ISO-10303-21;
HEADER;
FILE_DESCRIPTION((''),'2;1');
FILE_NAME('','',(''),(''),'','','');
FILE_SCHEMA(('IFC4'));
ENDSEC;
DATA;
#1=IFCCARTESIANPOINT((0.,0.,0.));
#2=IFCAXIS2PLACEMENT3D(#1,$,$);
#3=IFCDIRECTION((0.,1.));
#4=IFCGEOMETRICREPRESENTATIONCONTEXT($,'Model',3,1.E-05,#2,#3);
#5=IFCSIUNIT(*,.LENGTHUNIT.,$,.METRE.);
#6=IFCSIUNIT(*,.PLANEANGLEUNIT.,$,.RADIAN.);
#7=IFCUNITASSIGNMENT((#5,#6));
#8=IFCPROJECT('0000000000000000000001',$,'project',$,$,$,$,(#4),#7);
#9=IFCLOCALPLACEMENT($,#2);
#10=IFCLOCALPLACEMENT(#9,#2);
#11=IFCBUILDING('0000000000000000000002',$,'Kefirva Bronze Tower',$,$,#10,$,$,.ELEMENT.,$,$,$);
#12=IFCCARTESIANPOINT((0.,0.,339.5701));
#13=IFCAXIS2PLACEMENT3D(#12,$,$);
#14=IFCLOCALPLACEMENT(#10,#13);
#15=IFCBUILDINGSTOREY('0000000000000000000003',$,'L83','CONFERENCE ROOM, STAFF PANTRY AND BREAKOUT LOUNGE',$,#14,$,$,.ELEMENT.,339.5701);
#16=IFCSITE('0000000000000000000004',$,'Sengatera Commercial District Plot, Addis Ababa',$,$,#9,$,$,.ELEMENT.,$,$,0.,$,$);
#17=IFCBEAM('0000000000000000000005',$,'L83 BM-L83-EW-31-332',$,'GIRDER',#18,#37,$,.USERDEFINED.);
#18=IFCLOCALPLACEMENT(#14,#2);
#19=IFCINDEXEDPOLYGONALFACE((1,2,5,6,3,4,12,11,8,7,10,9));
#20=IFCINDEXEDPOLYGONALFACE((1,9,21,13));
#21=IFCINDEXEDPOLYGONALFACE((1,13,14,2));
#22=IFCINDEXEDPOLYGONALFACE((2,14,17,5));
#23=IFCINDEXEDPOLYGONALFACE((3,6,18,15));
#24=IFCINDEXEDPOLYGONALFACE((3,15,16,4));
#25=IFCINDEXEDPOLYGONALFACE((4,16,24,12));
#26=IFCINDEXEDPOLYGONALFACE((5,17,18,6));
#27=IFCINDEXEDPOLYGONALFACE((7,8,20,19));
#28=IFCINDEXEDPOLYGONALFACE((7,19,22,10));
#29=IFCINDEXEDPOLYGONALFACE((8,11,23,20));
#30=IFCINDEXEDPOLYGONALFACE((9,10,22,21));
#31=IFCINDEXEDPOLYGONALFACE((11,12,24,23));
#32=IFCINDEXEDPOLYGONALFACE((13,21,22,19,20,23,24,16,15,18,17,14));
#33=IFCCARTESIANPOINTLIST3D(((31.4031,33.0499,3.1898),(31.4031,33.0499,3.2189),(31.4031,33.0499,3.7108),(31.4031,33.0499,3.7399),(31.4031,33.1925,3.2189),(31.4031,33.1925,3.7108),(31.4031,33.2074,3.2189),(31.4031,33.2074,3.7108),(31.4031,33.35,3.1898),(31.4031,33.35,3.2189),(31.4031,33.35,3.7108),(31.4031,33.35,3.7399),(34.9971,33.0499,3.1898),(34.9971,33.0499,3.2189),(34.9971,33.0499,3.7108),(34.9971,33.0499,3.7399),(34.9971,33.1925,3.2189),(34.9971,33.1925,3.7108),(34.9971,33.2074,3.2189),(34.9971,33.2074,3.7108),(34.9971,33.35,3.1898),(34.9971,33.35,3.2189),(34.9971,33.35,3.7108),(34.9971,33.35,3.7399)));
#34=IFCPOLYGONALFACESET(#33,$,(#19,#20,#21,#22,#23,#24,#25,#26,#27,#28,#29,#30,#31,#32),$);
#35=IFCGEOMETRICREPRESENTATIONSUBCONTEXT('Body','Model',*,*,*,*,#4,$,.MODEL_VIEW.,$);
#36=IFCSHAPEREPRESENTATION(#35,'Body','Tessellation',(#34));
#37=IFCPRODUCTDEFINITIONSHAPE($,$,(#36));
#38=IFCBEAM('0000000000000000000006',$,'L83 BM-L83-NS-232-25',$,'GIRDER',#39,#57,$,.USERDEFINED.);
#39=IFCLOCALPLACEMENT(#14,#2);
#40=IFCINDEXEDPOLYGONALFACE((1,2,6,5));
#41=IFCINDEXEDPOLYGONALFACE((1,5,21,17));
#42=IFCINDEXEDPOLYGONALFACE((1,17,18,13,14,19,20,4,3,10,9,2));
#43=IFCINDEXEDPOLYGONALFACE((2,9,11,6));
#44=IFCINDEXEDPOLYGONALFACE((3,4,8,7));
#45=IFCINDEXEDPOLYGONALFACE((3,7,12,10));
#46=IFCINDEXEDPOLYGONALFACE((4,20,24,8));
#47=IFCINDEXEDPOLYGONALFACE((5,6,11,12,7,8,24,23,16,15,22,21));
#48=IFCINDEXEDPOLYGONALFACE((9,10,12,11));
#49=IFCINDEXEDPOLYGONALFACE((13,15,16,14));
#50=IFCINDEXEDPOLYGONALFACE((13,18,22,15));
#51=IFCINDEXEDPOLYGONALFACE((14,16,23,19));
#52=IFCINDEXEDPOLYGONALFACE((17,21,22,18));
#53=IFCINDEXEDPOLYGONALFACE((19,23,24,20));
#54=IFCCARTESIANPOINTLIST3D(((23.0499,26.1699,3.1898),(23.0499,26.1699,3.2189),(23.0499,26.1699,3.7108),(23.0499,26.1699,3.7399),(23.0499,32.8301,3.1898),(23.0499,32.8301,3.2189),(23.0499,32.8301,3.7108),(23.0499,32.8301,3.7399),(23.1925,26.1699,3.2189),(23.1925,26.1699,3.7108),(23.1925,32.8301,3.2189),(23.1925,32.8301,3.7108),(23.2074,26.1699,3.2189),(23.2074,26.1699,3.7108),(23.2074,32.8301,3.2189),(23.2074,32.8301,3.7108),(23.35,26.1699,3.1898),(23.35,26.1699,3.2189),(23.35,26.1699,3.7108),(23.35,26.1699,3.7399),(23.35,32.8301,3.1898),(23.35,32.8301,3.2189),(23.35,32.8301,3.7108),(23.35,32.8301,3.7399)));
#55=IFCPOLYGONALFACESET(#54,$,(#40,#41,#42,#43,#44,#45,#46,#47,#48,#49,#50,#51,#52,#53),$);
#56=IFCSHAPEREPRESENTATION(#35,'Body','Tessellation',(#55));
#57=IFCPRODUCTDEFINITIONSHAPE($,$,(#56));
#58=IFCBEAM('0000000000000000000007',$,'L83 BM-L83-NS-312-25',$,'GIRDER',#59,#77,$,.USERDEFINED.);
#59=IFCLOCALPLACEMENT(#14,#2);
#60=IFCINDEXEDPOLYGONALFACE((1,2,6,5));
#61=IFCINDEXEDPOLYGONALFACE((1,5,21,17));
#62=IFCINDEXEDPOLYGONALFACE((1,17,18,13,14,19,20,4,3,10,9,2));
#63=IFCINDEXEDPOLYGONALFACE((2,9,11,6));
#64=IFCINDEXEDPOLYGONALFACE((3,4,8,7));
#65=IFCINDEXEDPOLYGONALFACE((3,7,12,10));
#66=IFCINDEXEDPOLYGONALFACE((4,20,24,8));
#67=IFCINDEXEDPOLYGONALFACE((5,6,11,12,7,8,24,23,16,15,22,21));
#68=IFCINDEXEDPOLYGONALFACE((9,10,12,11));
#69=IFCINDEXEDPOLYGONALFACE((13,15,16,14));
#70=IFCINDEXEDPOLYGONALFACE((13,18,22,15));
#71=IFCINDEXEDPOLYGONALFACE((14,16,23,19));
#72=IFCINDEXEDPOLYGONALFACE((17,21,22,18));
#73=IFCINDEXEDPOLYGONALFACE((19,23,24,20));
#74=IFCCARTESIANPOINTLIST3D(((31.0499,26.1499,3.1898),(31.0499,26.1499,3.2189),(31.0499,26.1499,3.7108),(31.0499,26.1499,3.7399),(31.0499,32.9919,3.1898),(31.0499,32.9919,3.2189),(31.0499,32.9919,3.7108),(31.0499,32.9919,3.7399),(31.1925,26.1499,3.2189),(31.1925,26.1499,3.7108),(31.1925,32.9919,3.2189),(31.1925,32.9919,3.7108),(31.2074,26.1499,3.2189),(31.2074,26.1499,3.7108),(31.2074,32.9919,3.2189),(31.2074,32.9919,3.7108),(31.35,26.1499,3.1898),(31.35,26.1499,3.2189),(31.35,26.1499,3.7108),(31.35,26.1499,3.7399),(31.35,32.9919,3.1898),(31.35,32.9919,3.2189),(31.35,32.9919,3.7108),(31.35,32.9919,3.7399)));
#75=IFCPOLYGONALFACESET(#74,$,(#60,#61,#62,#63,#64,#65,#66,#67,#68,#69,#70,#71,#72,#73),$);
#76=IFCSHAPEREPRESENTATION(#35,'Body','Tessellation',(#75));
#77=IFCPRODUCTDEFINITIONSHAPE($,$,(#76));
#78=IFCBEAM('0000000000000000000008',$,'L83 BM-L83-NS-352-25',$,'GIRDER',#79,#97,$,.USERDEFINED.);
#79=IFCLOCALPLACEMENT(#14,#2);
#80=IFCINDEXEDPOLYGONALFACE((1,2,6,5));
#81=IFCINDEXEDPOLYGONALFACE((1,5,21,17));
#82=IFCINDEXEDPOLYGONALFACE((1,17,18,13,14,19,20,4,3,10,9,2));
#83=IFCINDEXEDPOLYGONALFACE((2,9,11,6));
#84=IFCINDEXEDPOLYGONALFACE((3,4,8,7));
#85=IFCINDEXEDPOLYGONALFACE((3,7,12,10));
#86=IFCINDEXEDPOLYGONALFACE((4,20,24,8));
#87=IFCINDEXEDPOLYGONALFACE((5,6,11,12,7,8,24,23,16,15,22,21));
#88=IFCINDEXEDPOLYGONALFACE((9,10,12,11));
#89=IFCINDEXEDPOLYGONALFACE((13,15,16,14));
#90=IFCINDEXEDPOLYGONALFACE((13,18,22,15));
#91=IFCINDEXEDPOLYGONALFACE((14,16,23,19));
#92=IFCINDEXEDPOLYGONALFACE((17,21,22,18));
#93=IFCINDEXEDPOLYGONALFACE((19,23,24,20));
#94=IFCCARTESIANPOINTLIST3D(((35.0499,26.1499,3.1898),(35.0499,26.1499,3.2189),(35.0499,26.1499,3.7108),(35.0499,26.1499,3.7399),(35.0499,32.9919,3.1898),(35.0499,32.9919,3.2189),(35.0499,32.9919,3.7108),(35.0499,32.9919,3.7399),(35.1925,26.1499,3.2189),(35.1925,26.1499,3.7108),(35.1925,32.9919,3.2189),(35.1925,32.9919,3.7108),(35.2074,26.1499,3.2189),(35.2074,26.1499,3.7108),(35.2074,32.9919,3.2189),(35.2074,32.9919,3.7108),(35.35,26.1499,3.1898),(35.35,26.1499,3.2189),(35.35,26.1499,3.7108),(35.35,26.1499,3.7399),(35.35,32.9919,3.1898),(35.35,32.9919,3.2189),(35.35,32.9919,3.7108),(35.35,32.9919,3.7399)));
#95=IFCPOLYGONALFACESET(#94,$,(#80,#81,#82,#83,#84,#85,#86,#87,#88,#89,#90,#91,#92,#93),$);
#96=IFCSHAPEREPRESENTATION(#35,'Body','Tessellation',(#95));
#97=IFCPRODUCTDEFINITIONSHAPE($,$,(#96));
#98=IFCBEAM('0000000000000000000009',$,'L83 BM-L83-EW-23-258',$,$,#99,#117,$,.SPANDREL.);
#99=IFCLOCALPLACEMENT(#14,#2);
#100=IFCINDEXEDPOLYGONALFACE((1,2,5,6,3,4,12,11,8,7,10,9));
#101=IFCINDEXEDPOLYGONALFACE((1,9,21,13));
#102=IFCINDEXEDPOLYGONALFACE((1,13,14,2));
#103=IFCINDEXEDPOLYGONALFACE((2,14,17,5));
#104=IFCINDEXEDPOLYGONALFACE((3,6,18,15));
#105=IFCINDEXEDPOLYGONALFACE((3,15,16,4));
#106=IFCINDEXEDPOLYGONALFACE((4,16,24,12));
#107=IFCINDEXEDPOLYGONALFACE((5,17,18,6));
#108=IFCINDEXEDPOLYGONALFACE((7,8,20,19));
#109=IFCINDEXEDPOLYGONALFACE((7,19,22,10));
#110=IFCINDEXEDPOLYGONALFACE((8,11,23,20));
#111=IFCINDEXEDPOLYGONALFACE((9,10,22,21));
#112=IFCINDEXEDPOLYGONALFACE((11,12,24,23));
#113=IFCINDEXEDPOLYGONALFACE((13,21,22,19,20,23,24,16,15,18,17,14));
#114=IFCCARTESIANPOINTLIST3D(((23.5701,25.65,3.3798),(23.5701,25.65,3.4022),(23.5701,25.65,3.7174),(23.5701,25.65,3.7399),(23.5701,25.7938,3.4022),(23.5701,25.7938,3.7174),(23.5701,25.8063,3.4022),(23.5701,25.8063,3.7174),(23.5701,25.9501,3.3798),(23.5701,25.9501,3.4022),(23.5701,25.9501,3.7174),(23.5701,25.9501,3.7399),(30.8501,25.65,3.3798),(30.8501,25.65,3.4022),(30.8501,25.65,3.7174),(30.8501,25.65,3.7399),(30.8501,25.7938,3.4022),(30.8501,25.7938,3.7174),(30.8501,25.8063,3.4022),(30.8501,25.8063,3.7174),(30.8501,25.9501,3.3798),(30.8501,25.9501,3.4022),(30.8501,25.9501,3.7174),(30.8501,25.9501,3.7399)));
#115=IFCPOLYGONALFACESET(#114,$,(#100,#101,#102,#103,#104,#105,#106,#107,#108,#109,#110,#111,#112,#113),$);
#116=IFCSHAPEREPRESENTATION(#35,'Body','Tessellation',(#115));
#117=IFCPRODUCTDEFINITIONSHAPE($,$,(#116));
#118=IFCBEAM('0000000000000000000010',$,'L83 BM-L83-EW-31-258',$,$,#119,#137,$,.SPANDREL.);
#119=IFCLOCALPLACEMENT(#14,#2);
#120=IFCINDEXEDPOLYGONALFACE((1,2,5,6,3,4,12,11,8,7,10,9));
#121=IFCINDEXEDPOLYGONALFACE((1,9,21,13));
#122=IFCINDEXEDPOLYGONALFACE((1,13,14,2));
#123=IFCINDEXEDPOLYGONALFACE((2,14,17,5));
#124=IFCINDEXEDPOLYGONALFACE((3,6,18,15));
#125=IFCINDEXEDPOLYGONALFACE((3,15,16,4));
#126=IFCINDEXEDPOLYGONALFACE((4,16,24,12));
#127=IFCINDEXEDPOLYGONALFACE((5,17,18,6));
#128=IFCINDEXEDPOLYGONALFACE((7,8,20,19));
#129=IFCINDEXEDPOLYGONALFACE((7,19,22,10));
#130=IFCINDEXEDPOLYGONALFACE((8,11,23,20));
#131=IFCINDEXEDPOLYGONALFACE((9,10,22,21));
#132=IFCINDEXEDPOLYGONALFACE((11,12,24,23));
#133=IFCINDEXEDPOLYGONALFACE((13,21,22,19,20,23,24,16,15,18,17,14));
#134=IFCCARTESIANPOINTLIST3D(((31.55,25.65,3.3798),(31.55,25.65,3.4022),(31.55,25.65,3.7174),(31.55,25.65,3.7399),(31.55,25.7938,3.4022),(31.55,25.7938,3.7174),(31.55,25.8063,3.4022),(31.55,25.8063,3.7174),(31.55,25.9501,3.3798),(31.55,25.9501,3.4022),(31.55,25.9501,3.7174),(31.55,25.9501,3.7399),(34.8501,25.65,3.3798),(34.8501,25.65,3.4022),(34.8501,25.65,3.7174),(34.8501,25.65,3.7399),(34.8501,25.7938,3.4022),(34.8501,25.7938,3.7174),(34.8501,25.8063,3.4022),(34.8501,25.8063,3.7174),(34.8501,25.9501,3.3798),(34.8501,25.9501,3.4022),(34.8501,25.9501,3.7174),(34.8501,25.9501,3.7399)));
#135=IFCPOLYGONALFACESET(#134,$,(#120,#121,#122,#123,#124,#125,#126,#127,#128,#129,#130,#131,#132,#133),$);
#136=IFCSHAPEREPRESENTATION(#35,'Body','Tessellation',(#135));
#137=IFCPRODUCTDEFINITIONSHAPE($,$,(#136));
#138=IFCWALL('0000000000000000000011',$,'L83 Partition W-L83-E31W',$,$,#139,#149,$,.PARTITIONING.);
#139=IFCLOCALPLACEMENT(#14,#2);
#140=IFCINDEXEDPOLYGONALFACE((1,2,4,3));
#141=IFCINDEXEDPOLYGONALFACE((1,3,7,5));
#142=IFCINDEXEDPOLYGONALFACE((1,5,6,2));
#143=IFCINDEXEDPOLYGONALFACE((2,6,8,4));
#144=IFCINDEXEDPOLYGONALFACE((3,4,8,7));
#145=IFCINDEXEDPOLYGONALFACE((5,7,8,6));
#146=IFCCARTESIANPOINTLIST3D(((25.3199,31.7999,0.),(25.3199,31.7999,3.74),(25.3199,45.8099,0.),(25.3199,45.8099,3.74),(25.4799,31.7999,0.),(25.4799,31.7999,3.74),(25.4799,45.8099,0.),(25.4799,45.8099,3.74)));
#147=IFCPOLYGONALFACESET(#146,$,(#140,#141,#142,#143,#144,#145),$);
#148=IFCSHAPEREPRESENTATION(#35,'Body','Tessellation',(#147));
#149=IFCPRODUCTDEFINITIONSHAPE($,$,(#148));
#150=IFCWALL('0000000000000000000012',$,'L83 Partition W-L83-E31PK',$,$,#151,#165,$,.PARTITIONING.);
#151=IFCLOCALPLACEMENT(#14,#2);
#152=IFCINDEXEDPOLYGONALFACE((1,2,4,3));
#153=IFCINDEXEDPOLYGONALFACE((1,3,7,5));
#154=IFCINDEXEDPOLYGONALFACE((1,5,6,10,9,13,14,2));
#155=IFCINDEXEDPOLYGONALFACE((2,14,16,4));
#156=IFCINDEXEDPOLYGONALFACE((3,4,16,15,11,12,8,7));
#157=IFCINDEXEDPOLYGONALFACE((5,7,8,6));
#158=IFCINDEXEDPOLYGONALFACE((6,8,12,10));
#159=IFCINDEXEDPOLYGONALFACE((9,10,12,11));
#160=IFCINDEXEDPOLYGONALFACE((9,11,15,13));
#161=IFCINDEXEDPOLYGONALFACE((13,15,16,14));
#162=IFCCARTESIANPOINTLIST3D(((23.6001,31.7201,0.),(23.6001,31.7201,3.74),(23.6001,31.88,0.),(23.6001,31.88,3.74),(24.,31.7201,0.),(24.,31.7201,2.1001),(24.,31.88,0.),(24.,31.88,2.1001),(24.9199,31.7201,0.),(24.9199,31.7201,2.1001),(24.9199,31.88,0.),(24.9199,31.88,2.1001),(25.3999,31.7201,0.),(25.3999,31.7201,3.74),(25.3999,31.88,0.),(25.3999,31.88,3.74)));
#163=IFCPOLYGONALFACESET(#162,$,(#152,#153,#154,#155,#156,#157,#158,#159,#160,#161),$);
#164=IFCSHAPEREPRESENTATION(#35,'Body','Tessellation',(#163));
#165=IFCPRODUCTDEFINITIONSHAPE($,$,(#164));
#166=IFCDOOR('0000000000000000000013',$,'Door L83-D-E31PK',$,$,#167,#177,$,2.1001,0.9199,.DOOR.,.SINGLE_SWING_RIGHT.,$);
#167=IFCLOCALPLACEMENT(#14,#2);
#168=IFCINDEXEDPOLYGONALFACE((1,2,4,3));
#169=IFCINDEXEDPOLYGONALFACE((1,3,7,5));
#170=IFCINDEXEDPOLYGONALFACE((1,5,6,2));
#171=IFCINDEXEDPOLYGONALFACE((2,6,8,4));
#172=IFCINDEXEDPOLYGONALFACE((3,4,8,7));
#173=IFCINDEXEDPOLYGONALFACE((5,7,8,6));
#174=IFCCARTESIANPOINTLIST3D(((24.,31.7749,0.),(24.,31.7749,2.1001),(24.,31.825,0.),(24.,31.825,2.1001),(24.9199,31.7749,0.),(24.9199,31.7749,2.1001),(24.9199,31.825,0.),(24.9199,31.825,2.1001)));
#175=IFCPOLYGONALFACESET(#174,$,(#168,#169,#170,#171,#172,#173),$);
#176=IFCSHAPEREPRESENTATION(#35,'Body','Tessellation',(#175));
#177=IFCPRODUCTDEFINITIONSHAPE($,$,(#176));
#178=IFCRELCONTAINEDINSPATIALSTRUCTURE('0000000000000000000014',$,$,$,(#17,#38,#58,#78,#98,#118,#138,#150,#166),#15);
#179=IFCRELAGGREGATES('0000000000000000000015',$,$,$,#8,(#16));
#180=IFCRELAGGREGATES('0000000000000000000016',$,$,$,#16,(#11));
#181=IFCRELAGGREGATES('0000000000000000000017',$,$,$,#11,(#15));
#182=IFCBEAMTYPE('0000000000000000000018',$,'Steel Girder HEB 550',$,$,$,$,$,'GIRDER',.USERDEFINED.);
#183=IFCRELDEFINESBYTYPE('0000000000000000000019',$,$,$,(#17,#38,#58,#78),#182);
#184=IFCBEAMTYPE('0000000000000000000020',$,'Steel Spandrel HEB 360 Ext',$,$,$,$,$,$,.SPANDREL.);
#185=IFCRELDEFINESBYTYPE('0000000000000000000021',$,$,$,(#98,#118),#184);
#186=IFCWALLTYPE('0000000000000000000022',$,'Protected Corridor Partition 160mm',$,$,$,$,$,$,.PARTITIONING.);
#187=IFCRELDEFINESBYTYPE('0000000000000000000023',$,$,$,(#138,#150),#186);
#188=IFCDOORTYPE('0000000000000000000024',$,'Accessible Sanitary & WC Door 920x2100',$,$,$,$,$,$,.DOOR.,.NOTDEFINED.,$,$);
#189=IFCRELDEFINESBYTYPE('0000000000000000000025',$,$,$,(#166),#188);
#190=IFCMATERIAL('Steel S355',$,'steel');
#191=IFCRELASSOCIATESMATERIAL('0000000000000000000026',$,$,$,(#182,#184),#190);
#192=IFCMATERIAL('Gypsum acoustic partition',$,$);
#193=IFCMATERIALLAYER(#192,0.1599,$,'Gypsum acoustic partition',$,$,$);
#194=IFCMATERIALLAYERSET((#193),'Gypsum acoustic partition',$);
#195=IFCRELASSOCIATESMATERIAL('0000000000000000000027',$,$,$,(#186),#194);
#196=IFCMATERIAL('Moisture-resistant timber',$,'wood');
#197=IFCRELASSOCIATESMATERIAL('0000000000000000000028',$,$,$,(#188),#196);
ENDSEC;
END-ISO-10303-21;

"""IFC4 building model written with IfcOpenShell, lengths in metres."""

from ifc_helpers import new_model, si_unit, direction, frame, frame_2d, origin, origin_2d, place, context, subcontext, project, spatial, rectangle, i_section, extrude, material, layer, layer_set, material_profile, profile_set, type_object, element, fill, save


model = new_model("IFC4")

# Units and contexts
model_context = context("Model", 3, precision=1e-05, world=origin(), true_north=direction((0.0, 1.0)))
body_context = subcontext(model_context, "Body", "Model", "MODEL_VIEW")
ifc_project = project(units=[si_unit("LENGTHUNIT", "METRE"), si_unit("PLANEANGLEUNIT", "RADIAN")], contexts=[model_context])

# Site, building, storey
site_placement = place(None, origin())
site = spatial("IfcSite", under=ifc_project, at=site_placement, Name="Sengatera Commercial District Plot, Addis Ababa", CompositionType="ELEMENT", RefElevation=0.0)
building_placement = place(site_placement, origin())
building = spatial("IfcBuilding", under=site, at=building_placement, Name="Kefirva Bronze Tower", CompositionType="ELEMENT")
storey_placement = place(building_placement, frame((0.0, 0.0, 339.5701)))
storey = spatial("IfcBuildingStorey", under=building, at=storey_placement, Name="L83", Description="CONFERENCE ROOM, STAFF PANTRY AND BREAKOUT LOUNGE", CompositionType="ELEMENT", Elevation=339.5701)

# Beams
ifc_material_1 = material(Name="Steel S355", Category="steel")
ifc_material_profile_1 = material_profile(ifc_material_1, i_section(OverallWidth=0.3, OverallDepth=0.55, WebThickness=0.0149, FlangeThickness=0.0291, at=origin_2d()), Name="HEB 550")
ifc_profile_set_1 = profile_set([ifc_material_profile_1], Name="Steel S355")
beam_type_1 = type_object("IfcBeamType", Name="Steel Girder HEB 550", ElementType="GIRDER", PredefinedType="USERDEFINED", material=ifc_profile_set_1)
beam_1_placement = place(storey_placement, frame((31.4031, 33.2, 3.4648), z_axis=(1.0, 0.0, 0.0), x_axis=(0.0, 1.0, 0.0)))
element("IfcBeam", 1, at=beam_1_placement, inside=storey, type_object=beam_type_1, Name="L83 BM-L83-EW-31-332", ObjectType="GIRDER", PredefinedType="USERDEFINED", context=body_context, shape_type="SweptSolid", body=[
    extrude(i_section(OverallWidth=0.3, OverallDepth=0.55, WebThickness=0.0149, FlangeThickness=0.0291, at=origin_2d()), origin(), (0.0, 0.0, 1.0), 3.594),
])
beam_2_placement = place(storey_placement, frame((23.2, 26.1699, 3.4648), z_axis=(0.0, 1.0, 0.0), x_axis=(-1.0, 0.0, 0.0)))
element("IfcBeam", 2, at=beam_2_placement, inside=storey, type_object=beam_type_1, Name="L83 BM-L83-NS-232-25", ObjectType="GIRDER", PredefinedType="USERDEFINED", context=body_context, shape_type="SweptSolid", body=[
    extrude(i_section(OverallWidth=0.3, OverallDepth=0.55, WebThickness=0.0149, FlangeThickness=0.0291, at=origin_2d()), origin(), (0.0, 0.0, 1.0), 6.6602),
])
for number, where, z_axis, x_axis, name in (
    (3, (31.2, 26.1499, 3.4648), (0.0, 1.0, 0.0), (-1.0, 0.0, 0.0), "L83 BM-L83-NS-312-25"),
    (4, (35.2, 26.1499, 3.4648), (0.0, 1.0, 0.0), (-1.0, 0.0, 0.0), "L83 BM-L83-NS-352-25"),
):
    element("IfcBeam", number, at=place(storey_placement, frame(where, z_axis=z_axis, x_axis=x_axis)), inside=storey, type_object=beam_type_1, Name=name, ObjectType="GIRDER", PredefinedType="USERDEFINED", context=body_context, shape_type="SweptSolid", body=[
        extrude(i_section(OverallWidth=0.3, OverallDepth=0.55, WebThickness=0.0149, FlangeThickness=0.0291, at=origin_2d()), origin(), (0.0, 0.0, 1.0), 6.842),
    ])
ifc_material_profile_2 = material_profile(ifc_material_1, i_section(OverallWidth=0.3, OverallDepth=0.3601, WebThickness=0.0125, FlangeThickness=0.0225, at=origin_2d()), Name="HEB 360")
ifc_profile_set_2 = profile_set([ifc_material_profile_2], Name="Steel S355")
beam_type_2 = type_object("IfcBeamType", Name="Steel Spandrel HEB 360 Ext", PredefinedType="SPANDREL", material=ifc_profile_set_2)
beam_3_placement = place(storey_placement, frame((23.5701, 25.8, 3.5598), z_axis=(1.0, 0.0, 0.0), x_axis=(0.0, 1.0, 0.0)))
element("IfcBeam", 5, at=beam_3_placement, inside=storey, type_object=beam_type_2, Name="L83 BM-L83-EW-23-258", PredefinedType="SPANDREL", context=body_context, shape_type="SweptSolid", body=[
    extrude(i_section(OverallWidth=0.3, OverallDepth=0.3601, WebThickness=0.0125, FlangeThickness=0.0225, at=origin_2d()), origin(), (0.0, 0.0, 1.0), 7.28),
])
beam_4_placement = place(storey_placement, frame((31.55, 25.8, 3.5598), z_axis=(1.0, 0.0, 0.0), x_axis=(0.0, 1.0, 0.0)))
element("IfcBeam", 6, at=beam_4_placement, inside=storey, type_object=beam_type_2, Name="L83 BM-L83-EW-31-258", PredefinedType="SPANDREL", context=body_context, shape_type="SweptSolid", body=[
    extrude(i_section(OverallWidth=0.3, OverallDepth=0.3601, WebThickness=0.0125, FlangeThickness=0.0225, at=origin_2d()), origin(), (0.0, 0.0, 1.0), 3.3),
])

# Wall
ifc_material_2 = material(Name="Gypsum acoustic partition")
ifc_layer = layer(ifc_material_2, 0.1599, Name="Gypsum acoustic partition")
ifc_layer_set = layer_set([ifc_layer], Name="Gypsum acoustic partition")
wall_type = type_object("IfcWallType", Name="Protected Corridor Partition 160mm", PredefinedType="PARTITIONING", material=ifc_layer_set)
wall_1_placement = place(storey_placement, frame((25.3999, 31.8, 0.0), z_axis=(0.0, 0.0, 1.0), x_axis=(0.0, 1.0, 0.0)))
element("IfcWall", 7, at=wall_1_placement, inside=storey, type_object=wall_type, Name="L83 Partition W-L83-E31W", PredefinedType="PARTITIONING", context=body_context, shape_type="SweptSolid", body=[
    extrude(rectangle(XDim=14.01, YDim=0.1599, at=frame_2d((7.0049, 0.0))), origin(), (0.0, 0.0, 1.0), 3.74),
])

# Wall, opening, door
wall_2_placement = place(storey_placement, frame((23.6001, 31.8, 0.0), z_axis=(0.0, 0.0, 1.0), x_axis=(1.0, 0.0, 0.0)))
wall_2 = element("IfcWall", 8, at=wall_2_placement, inside=storey, type_object=wall_type, Name="L83 Partition W-L83-E31PK", PredefinedType="PARTITIONING", context=body_context, shape_type="SweptSolid", body=[
    extrude(rectangle(XDim=1.7998, YDim=0.1599, at=frame_2d((0.8999, 0.0))), origin(), (0.0, 0.0, 1.0), 3.74),
])
opening_1_placement = place(wall_2_placement, frame((0.3999, 0.0, 0.0)))
opening_1 = element("IfcOpeningElement", 9, at=opening_1_placement, cuts=wall_2, PredefinedType="OPENING", context=body_context, shape_type="SweptSolid", body=[
    extrude(rectangle(XDim=0.9199, YDim=2.1001, at=frame_2d((0.46, 1.05))), frame((0.0, 0.0898, 0.0), z_axis=(0.0, -1.0, 0.0), x_axis=(1.0, 0.0, 0.0)), (0.0, 0.0, 1.0), 0.1799),
])
ifc_material_3 = material(Name="Moisture-resistant timber", Category="wood")
door_type_1 = type_object("IfcDoorType", Name="Accessible Sanitary & WC Door 920x2100", OperationType="NOTDEFINED", PredefinedType="DOOR", material=ifc_material_3)
door_1_placement = place(opening_1_placement, origin())
door_1 = element("IfcDoor", 10, at=door_1_placement, inside=storey, type_object=door_type_1, Name="Door L83-D-E31PK", OperationType="SINGLE_SWING_RIGHT", OverallHeight=2.1001, OverallWidth=0.9199, PredefinedType="DOOR", context=body_context, shape_type="SweptSolid", body=[
    extrude(rectangle(XDim=0.9199, YDim=2.1001, at=frame_2d((0.46, 1.05))), frame((0.0, 0.0249, 0.0), z_axis=(0.0, -1.0, 0.0), x_axis=(1.0, 0.0, 0.0)), (0.0, 0.0, 1.0), 0.05),
])
fill(opening_1, door_1)

save(model, "model.ifc")
